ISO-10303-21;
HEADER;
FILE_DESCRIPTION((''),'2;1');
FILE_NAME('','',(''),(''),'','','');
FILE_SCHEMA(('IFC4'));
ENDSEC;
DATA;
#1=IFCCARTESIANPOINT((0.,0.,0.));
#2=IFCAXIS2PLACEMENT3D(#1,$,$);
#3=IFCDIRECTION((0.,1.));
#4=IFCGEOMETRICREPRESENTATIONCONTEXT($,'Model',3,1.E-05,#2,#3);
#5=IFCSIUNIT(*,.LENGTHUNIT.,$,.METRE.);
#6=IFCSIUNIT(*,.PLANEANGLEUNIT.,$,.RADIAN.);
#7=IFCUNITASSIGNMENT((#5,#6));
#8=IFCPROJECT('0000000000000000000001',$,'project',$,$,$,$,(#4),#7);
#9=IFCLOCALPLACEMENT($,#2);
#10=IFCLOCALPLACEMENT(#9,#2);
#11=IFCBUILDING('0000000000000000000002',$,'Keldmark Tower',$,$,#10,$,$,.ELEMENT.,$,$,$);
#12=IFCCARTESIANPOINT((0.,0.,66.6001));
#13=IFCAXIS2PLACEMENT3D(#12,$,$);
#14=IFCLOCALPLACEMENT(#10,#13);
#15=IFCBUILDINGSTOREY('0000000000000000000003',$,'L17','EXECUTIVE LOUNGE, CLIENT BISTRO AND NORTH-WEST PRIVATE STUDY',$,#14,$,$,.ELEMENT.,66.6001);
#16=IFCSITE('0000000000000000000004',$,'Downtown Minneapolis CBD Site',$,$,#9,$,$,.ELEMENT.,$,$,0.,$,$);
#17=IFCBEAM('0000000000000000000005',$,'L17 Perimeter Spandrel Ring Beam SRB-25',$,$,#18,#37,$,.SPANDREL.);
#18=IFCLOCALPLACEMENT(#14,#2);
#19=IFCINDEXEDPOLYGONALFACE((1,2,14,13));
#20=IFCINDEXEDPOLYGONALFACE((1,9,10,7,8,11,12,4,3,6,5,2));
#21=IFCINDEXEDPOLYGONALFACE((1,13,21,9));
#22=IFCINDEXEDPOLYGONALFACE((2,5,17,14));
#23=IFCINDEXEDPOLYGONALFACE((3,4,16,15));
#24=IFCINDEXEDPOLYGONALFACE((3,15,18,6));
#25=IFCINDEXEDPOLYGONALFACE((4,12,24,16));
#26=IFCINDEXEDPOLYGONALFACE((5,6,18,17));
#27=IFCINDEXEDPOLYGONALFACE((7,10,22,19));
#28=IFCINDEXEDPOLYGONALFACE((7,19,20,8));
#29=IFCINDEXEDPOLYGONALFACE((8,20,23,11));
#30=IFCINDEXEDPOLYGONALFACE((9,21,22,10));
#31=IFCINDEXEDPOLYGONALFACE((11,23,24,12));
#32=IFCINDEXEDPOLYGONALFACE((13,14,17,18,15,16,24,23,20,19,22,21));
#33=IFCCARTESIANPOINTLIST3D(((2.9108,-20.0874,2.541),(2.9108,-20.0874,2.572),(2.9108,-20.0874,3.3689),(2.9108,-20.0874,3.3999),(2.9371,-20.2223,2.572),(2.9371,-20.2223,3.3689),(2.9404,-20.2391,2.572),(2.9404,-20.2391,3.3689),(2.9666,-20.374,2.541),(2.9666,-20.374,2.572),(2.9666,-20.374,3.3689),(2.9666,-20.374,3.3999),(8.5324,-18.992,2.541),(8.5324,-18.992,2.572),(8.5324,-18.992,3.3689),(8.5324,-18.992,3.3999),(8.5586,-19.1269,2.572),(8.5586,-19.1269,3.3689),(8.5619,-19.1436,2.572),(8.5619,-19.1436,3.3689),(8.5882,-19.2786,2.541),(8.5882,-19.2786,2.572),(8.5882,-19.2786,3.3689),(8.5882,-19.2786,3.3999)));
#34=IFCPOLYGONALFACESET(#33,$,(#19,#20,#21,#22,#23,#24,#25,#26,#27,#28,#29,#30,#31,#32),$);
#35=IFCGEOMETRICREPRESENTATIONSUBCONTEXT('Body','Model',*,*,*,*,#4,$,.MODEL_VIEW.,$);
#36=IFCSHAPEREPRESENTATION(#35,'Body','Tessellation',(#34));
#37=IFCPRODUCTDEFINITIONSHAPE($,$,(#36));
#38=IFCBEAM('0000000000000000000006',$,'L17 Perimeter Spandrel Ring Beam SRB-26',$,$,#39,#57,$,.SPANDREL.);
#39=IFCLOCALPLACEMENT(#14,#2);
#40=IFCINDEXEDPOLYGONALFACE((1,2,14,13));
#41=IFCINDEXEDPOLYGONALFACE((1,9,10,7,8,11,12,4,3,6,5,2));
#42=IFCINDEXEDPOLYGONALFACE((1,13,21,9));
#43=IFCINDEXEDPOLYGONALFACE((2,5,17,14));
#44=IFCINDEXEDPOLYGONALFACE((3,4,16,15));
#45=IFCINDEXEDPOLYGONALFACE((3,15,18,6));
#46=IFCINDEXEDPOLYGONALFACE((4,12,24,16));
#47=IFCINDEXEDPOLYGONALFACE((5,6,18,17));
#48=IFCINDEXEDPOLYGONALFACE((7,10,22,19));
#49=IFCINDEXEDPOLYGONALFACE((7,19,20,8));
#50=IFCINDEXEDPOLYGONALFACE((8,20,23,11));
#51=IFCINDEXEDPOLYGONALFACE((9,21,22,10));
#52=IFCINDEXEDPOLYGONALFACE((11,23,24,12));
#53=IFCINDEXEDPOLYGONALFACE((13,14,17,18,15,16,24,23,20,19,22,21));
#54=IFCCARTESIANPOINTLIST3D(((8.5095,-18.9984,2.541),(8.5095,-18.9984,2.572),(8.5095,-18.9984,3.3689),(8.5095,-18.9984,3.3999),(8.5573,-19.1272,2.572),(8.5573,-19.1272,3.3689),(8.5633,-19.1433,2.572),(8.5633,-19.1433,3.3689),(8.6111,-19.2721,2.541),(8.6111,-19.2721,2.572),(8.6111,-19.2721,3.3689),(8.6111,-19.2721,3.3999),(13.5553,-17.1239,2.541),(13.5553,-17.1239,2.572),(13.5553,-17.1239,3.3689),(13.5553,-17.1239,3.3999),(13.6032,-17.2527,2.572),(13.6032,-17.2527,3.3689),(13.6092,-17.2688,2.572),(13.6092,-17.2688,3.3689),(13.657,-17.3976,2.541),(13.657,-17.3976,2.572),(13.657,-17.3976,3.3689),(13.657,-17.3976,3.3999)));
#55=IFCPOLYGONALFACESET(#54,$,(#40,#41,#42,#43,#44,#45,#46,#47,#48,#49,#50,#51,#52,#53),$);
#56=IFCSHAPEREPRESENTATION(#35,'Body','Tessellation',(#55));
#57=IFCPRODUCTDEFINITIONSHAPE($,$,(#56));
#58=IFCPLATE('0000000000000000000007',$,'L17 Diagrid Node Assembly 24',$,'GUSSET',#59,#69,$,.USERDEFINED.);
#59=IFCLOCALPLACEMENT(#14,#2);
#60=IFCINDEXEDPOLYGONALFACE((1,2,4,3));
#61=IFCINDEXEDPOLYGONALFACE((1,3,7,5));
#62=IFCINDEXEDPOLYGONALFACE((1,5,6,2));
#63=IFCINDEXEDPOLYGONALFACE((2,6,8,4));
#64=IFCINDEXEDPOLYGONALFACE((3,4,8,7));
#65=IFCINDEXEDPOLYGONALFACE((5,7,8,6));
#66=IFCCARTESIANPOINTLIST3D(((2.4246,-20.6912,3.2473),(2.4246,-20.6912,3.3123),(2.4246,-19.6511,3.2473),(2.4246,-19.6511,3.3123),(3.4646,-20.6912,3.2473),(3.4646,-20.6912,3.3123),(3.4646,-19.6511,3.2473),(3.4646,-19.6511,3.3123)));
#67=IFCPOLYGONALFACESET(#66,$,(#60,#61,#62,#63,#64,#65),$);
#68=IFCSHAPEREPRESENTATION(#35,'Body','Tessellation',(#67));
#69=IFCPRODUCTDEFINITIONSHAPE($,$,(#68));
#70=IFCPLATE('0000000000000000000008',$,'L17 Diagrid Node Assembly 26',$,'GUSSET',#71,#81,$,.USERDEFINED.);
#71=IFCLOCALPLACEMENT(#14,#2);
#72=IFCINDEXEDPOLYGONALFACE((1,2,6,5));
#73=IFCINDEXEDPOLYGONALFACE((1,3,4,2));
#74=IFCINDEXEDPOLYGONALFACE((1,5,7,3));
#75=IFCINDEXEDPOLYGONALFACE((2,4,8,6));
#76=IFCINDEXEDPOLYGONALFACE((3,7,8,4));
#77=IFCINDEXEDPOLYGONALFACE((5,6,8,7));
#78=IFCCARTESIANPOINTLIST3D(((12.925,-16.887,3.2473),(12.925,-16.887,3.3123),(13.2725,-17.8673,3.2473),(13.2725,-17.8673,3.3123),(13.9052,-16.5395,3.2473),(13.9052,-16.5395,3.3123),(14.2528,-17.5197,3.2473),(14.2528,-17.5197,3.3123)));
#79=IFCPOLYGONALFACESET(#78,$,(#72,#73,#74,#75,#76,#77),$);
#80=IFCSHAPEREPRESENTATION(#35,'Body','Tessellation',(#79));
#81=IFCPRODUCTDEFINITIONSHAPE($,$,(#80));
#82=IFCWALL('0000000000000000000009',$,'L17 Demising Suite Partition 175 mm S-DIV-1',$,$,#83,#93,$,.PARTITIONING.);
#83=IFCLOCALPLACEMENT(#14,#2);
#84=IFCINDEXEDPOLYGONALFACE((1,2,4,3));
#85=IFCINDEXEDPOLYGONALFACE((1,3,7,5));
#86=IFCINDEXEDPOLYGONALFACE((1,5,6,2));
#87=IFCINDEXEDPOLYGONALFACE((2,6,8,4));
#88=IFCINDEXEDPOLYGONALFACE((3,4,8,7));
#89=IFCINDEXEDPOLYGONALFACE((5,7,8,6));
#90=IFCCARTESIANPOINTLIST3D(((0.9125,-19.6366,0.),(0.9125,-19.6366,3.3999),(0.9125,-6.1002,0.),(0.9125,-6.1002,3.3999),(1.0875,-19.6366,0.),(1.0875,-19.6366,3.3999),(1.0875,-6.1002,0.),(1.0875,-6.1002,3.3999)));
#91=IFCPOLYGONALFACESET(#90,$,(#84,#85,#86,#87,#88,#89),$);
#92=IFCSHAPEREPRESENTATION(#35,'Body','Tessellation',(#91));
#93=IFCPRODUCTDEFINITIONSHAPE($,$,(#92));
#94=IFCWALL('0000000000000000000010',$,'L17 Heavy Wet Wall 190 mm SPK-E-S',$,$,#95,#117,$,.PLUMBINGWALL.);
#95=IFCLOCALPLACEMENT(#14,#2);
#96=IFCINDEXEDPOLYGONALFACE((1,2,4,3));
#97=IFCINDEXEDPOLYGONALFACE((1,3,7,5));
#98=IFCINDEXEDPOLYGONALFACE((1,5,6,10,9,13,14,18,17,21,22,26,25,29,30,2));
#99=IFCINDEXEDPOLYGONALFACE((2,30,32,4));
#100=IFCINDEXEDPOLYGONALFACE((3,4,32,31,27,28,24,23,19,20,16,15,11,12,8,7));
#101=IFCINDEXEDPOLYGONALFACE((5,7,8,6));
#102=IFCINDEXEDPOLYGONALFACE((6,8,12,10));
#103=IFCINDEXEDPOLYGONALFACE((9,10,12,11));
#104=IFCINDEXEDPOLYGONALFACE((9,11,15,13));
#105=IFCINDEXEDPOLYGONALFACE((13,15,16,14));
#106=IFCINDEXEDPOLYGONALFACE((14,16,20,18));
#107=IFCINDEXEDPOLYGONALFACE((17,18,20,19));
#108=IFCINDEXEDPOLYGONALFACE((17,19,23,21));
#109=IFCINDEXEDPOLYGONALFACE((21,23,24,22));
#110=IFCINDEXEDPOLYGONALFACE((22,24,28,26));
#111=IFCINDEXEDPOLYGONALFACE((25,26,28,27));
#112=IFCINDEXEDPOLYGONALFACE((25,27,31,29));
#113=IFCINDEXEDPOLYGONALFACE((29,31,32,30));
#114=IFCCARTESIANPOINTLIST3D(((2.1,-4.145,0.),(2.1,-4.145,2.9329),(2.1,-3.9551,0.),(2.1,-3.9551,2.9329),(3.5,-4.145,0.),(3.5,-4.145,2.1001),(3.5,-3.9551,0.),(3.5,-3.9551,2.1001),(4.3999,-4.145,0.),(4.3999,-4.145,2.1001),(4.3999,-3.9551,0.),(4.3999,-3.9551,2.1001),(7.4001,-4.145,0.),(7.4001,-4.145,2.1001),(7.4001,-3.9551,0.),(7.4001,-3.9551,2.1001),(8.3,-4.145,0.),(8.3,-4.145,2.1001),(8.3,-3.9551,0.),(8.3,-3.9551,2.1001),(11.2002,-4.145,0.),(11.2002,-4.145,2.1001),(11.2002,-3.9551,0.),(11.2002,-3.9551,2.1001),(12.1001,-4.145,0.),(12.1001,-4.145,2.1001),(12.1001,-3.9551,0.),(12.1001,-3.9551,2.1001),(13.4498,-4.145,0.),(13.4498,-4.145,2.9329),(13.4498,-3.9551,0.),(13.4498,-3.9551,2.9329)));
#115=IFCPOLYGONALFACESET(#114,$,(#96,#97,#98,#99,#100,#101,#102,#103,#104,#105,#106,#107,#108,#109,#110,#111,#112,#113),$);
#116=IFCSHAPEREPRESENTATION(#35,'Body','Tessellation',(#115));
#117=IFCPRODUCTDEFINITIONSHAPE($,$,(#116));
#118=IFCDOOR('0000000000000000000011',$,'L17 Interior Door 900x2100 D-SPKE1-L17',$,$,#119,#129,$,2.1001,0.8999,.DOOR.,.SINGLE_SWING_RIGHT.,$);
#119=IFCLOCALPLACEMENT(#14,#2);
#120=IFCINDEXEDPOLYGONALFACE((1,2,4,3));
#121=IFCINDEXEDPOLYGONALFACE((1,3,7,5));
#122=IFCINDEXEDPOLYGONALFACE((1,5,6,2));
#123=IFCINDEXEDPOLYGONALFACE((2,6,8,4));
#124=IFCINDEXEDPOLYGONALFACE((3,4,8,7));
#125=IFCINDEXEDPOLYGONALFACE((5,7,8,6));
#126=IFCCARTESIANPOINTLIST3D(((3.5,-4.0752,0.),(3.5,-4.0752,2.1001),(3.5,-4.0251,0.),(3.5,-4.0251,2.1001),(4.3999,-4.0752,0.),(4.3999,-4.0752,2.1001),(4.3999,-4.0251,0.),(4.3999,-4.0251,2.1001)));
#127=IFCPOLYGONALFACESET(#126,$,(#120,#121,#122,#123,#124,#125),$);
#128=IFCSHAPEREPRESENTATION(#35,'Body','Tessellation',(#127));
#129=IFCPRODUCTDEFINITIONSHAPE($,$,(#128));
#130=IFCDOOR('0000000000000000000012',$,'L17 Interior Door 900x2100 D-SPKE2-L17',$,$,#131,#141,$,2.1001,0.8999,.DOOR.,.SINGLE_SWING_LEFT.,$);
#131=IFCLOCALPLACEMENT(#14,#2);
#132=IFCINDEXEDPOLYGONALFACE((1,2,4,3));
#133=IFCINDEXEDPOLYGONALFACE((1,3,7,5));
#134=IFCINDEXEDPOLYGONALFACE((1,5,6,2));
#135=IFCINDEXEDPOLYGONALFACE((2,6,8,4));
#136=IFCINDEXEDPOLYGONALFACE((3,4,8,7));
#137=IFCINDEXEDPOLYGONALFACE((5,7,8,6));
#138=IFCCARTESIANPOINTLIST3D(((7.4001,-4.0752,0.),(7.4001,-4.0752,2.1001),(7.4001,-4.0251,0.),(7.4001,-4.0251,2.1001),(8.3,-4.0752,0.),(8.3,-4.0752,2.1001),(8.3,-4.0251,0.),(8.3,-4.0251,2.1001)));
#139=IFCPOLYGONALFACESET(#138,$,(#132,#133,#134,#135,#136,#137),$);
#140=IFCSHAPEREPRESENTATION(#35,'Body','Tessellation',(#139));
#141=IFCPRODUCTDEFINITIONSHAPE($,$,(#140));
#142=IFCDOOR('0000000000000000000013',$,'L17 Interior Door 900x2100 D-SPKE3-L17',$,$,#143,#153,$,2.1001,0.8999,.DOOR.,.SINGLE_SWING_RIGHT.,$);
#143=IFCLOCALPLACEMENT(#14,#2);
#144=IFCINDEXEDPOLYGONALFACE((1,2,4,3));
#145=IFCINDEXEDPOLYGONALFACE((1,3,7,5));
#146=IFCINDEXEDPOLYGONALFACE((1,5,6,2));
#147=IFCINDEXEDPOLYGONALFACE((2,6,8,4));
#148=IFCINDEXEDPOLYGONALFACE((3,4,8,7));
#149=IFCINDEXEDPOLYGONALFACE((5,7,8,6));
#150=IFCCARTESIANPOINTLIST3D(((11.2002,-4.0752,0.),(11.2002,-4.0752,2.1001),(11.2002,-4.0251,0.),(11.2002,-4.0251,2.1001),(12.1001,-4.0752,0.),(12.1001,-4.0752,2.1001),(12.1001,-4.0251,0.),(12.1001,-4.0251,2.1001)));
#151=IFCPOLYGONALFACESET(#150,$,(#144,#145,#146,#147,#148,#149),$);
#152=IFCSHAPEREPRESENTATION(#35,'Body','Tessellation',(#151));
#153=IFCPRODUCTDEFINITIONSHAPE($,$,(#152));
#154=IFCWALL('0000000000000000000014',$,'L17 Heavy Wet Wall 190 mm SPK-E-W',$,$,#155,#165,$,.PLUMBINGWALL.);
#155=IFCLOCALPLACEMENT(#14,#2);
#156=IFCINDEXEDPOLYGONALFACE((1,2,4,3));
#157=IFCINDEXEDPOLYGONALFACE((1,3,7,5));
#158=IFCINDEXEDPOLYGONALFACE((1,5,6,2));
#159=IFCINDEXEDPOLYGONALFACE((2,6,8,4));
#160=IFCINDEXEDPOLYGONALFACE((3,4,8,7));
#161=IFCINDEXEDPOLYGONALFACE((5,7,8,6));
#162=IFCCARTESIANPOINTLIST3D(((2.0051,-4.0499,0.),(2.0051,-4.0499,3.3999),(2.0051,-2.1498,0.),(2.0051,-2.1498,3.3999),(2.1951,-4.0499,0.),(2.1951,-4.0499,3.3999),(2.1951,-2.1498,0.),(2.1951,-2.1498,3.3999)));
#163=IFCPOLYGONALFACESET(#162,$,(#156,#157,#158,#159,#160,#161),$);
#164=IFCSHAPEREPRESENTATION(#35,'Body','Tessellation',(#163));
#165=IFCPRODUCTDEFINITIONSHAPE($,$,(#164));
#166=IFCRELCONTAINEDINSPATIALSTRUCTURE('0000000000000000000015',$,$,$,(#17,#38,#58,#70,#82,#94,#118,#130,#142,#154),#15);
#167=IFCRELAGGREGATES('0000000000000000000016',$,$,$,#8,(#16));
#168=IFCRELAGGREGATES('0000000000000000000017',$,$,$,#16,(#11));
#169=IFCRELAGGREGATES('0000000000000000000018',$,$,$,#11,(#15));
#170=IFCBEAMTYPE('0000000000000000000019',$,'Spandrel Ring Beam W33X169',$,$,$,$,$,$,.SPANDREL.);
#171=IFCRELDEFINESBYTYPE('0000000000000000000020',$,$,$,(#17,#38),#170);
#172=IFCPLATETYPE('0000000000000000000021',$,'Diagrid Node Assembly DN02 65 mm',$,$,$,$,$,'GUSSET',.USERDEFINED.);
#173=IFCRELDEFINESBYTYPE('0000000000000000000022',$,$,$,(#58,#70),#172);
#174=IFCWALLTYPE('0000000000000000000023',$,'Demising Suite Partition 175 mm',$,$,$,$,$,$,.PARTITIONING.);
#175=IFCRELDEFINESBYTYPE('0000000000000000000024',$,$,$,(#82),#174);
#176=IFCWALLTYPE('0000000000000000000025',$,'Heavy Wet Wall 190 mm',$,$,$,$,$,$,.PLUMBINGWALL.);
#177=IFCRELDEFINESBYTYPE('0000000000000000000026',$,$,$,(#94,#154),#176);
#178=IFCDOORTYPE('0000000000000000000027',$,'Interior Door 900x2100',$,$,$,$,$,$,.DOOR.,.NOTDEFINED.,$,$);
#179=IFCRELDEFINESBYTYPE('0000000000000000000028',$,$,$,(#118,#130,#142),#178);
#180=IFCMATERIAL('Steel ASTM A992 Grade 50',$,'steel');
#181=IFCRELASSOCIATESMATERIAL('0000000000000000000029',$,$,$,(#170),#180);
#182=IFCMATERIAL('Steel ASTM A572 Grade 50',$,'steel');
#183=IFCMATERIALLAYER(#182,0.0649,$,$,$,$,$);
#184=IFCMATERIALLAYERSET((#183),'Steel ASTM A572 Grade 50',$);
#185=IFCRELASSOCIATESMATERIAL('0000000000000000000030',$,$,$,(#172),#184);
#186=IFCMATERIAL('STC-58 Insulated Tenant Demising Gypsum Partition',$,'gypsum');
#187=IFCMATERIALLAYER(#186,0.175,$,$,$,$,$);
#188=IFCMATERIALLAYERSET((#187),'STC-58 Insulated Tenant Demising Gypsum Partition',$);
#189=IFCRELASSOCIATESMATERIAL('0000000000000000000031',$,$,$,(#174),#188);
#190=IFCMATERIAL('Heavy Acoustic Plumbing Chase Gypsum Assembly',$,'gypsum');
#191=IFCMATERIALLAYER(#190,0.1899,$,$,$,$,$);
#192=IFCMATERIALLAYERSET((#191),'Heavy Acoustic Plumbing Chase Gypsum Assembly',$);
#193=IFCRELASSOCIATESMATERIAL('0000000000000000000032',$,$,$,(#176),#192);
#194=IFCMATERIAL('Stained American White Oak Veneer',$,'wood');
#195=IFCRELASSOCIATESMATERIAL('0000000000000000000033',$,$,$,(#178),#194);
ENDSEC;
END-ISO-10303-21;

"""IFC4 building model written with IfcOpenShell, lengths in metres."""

from ifc_helpers import new_model, si_unit, direction, frame, frame_2d, origin, origin_2d, place, context, subcontext, project, spatial, rectangle, i_section, extrude, material, layer, layer_set, material_profile, profile_set, type_object, element, fill, save


model = new_model("IFC4")

# Units and contexts
model_context = context("Model", 3, precision=1e-05, world=origin(), true_north=direction((0.0, 1.0)))
body_context = subcontext(model_context, "Body", "Model", "MODEL_VIEW")
ifc_project = project(units=[si_unit("LENGTHUNIT", "METRE"), si_unit("PLANEANGLEUNIT", "RADIAN")], contexts=[model_context])

# Site, building, storey
site_placement = place(None, origin())
site = spatial("IfcSite", under=ifc_project, at=site_placement, Name="Downtown Minneapolis CBD Site", CompositionType="ELEMENT", RefElevation=0.0)
building_placement = place(site_placement, origin())
building = spatial("IfcBuilding", under=site, at=building_placement, Name="Keldmark Tower", CompositionType="ELEMENT")
storey_placement = place(building_placement, frame((0.0, 0.0, 66.6001)))
storey = spatial("IfcBuildingStorey", under=building, at=storey_placement, Name="L17", Description="EXECUTIVE LOUNGE, CLIENT BISTRO AND NORTH-WEST PRIVATE STUDY", CompositionType="ELEMENT", Elevation=66.6001)

# Beams
ifc_material_1 = material(Name="Steel ASTM A992 Grade 50", Category="steel")
ifc_material_profile_1 = material_profile(ifc_material_1, i_section(OverallWidth=0.292, OverallDepth=0.8589, WebThickness=0.0171, FlangeThickness=0.031, at=origin_2d()), Name="W33X169")
ifc_profile_set_1 = profile_set([ifc_material_profile_1], Name="Steel ASTM A992 Grade 50")
beam_type_1 = type_object("IfcBeamType", Name="Spandrel Ring Beam W33X169", PredefinedType="SPANDREL", material=ifc_profile_set_1)
beam_1_placement = place(storey_placement, frame((2.9387, -20.2307, 2.9705), z_axis=(0.981538, 0.191269, 0.0), x_axis=(-0.191269, 0.981538, 0.0)))
element("IfcBeam", 1, at=beam_1_placement, inside=storey, type_object=beam_type_1, Name="L17 Perimeter Spandrel Ring Beam SRB-25", PredefinedType="SPANDREL", context=body_context, shape_type="SweptSolid", body=[
    extrude(i_section(OverallWidth=0.292, OverallDepth=0.8589, WebThickness=0.0171, FlangeThickness=0.031, at=origin_2d()), origin(), (0.0, 0.0, 1.0), 5.7273),
])
beam_2_placement = place(storey_placement, frame((8.5603, -19.1353, 2.9705), z_axis=(0.937406, 0.348239, 0.0), x_axis=(-0.348239, 0.937406, 0.0)))
element("IfcBeam", 2, at=beam_2_placement, inside=storey, type_object=beam_type_1, Name="L17 Perimeter Spandrel Ring Beam SRB-26", PredefinedType="SPANDREL", context=body_context, shape_type="SweptSolid", body=[
    extrude(i_section(OverallWidth=0.292, OverallDepth=0.8589, WebThickness=0.0171, FlangeThickness=0.031, at=origin_2d()), origin(), (0.0, 0.0, 1.0), 5.3828),
])

# Plates
ifc_material_2 = material(Name="Steel ASTM A572 Grade 50", Category="steel")
ifc_layer_1 = layer(ifc_material_2, 0.0649)
ifc_layer_set_1 = layer_set([ifc_layer_1], Name="Steel ASTM A572 Grade 50")
plate_type = type_object("IfcPlateType", Name="Diagrid Node Assembly DN02 65 mm", ElementType="GUSSET", PredefinedType="USERDEFINED", material=ifc_layer_set_1)
for number, where, z_axis, x_axis, name in (
    (3, (2.9446, -20.1711, 3.2473), (0.0, 0.0, 1.0), (1.0, 0.0, 0.0), "L17 Diagrid Node Assembly 24"),
    (4, (13.5889, -17.2034, 3.2473), (0.0, 0.0, 1.0), (0.942525, 0.334136, 0.0), "L17 Diagrid Node Assembly 26"),
):
    element("IfcPlate", number, at=place(storey_placement, frame(where, z_axis=z_axis, x_axis=x_axis)), inside=storey, type_object=plate_type, Name=name, ObjectType="GUSSET", PredefinedType="USERDEFINED", context=body_context, shape_type="SweptSolid", body=[
        extrude(rectangle(XDim=1.04, YDim=1.04, at=origin_2d()), origin(), (0.0, 0.0, 1.0), 0.0649),
    ])

# Wall
ifc_material_3 = material(Name="STC-58 Insulated Tenant Demising Gypsum Partition", Category="gypsum")
ifc_layer_2 = layer(ifc_material_3, 0.175)
ifc_layer_set_2 = layer_set([ifc_layer_2], Name="STC-58 Insulated Tenant Demising Gypsum Partition")
wall_type_1 = type_object("IfcWallType", Name="Demising Suite Partition 175 mm", PredefinedType="PARTITIONING", material=ifc_layer_set_2)
wall_1_placement = place(storey_placement, frame((1.0, -19.6365, 0.0), z_axis=(0.0, 0.0, 1.0), x_axis=(0.0, 1.0, 0.0)))
element("IfcWall", 5, at=wall_1_placement, inside=storey, type_object=wall_type_1, Name="L17 Demising Suite Partition 175 mm S-DIV-1", PredefinedType="PARTITIONING", context=body_context, shape_type="SweptSolid", body=[
    extrude(rectangle(XDim=13.5364, YDim=0.175, at=frame_2d((6.7681, 0.0))), origin(), (0.0, 0.0, 1.0), 3.3999),
])

# Wall, openings, doors
ifc_material_4 = material(Name="Heavy Acoustic Plumbing Chase Gypsum Assembly", Category="gypsum")
ifc_layer_3 = layer(ifc_material_4, 0.1899)
ifc_layer_set_3 = layer_set([ifc_layer_3], Name="Heavy Acoustic Plumbing Chase Gypsum Assembly")
wall_type_2 = type_object("IfcWallType", Name="Heavy Wet Wall 190 mm", PredefinedType="PLUMBINGWALL", material=ifc_layer_set_3)
wall_2_placement = place(storey_placement, frame((2.1001, -4.05, 0.0), z_axis=(0.0, 0.0, 1.0), x_axis=(1.0, 0.0, 0.0)))
wall_2 = element("IfcWall", 6, at=wall_2_placement, inside=storey, type_object=wall_type_2, Name="L17 Heavy Wet Wall 190 mm SPK-E-S", PredefinedType="PLUMBINGWALL", context=body_context, shape_type="SweptSolid", body=[
    extrude(rectangle(XDim=11.3499, YDim=0.1899, at=frame_2d((5.6748, 0.0))), origin(), (0.0, 0.0, 1.0), 2.9329),
])
opening_1_placement = place(wall_2_placement, frame((1.3999, 0.0, 0.0)))
opening_1 = element("IfcOpeningElement", 7, at=opening_1_placement, cuts=wall_2, PredefinedType="OPENING", context=body_context, shape_type="SweptSolid", body=[
    extrude(rectangle(XDim=0.8999, YDim=2.1001, at=frame_2d((0.45, 1.05))), frame((0.0, 0.105, 0.0), z_axis=(0.0, -1.0, 0.0), x_axis=(1.0, 0.0, 0.0)), (0.0, 0.0, 1.0), 0.21),
])
opening_2_placement = place(wall_2_placement, frame((5.3, 0.0, 0.0)))
opening_2 = element("IfcOpeningElement", 8, at=opening_2_placement, cuts=wall_2, PredefinedType="OPENING", context=body_context, shape_type="SweptSolid", body=[
    extrude(rectangle(XDim=0.8999, YDim=2.1001, at=frame_2d((0.45, 1.05))), frame((0.0, 0.105, 0.0), z_axis=(0.0, -1.0, 0.0), x_axis=(1.0, 0.0, 0.0)), (0.0, 0.0, 1.0), 0.21),
])
opening_3_placement = place(wall_2_placement, frame((9.1001, 0.0, 0.0)))
opening_3 = element("IfcOpeningElement", 9, at=opening_3_placement, cuts=wall_2, PredefinedType="OPENING", context=body_context, shape_type="SweptSolid", body=[
    extrude(rectangle(XDim=0.8999, YDim=2.1001, at=frame_2d((0.45, 1.05))), frame((0.0, 0.105, 0.0), z_axis=(0.0, -1.0, 0.0), x_axis=(1.0, 0.0, 0.0)), (0.0, 0.0, 1.0), 0.21),
])
ifc_material_5 = material(Name="Stained American White Oak Veneer", Category="wood")
door_type = type_object("IfcDoorType", Name="Interior Door 900x2100", OperationType="NOTDEFINED", PredefinedType="DOOR", material=ifc_material_5)
door_1_placement = place(opening_1_placement, origin())
door_1 = element("IfcDoor", 10, at=door_1_placement, inside=storey, type_object=door_type, Name="L17 Interior Door 900x2100 D-SPKE1-L17", OperationType="SINGLE_SWING_RIGHT", OverallHeight=2.1001, OverallWidth=0.8999, PredefinedType="DOOR", context=body_context, shape_type="SweptSolid", body=[
    extrude(rectangle(XDim=0.8999, YDim=2.1001, at=frame_2d((0.45, 1.05))), frame((0.0, 0.0249, 0.0), z_axis=(0.0, -1.0, 0.0), x_axis=(1.0, 0.0, 0.0)), (0.0, 0.0, 1.0), 0.05),
])
fill(opening_1, door_1)
door_2_placement = place(opening_2_placement, origin())
door_2 = element("IfcDoor", 11, at=door_2_placement, inside=storey, type_object=door_type, Name="L17 Interior Door 900x2100 D-SPKE2-L17", OperationType="SINGLE_SWING_LEFT", OverallHeight=2.1001, OverallWidth=0.8999, PredefinedType="DOOR", context=body_context, shape_type="SweptSolid", body=[
    extrude(rectangle(XDim=0.8999, YDim=2.1001, at=frame_2d((0.45, 1.05))), frame((0.0, 0.0249, 0.0), z_axis=(0.0, -1.0, 0.0), x_axis=(1.0, 0.0, 0.0)), (0.0, 0.0, 1.0), 0.05),
])
fill(opening_2, door_2)
door_3_placement = place(opening_3_placement, origin())
door_3 = element("IfcDoor", 12, at=door_3_placement, inside=storey, type_object=door_type, Name="L17 Interior Door 900x2100 D-SPKE3-L17", OperationType="SINGLE_SWING_RIGHT", OverallHeight=2.1001, OverallWidth=0.8999, PredefinedType="DOOR", context=body_context, shape_type="SweptSolid", body=[
    extrude(rectangle(XDim=0.8999, YDim=2.1001, at=frame_2d((0.45, 1.05))), frame((0.0, 0.0249, 0.0), z_axis=(0.0, -1.0, 0.0), x_axis=(1.0, 0.0, 0.0)), (0.0, 0.0, 1.0), 0.05),
])
fill(opening_3, door_3)

# Wall
wall_3_placement = place(storey_placement, frame((2.1001, -4.05, 0.0), z_axis=(0.0, 0.0, 1.0), x_axis=(0.0, 1.0, 0.0)))
element("IfcWall", 13, at=wall_3_placement, inside=storey, type_object=wall_type_2, Name="L17 Heavy Wet Wall 190 mm SPK-E-W", PredefinedType="PLUMBINGWALL", context=body_context, shape_type="SweptSolid", body=[
    extrude(rectangle(XDim=1.9001, YDim=0.1899, at=frame_2d((0.9502, 0.0))), origin(), (0.0, 0.0, 1.0), 3.3999),
])

save(model, "model.ifc")
